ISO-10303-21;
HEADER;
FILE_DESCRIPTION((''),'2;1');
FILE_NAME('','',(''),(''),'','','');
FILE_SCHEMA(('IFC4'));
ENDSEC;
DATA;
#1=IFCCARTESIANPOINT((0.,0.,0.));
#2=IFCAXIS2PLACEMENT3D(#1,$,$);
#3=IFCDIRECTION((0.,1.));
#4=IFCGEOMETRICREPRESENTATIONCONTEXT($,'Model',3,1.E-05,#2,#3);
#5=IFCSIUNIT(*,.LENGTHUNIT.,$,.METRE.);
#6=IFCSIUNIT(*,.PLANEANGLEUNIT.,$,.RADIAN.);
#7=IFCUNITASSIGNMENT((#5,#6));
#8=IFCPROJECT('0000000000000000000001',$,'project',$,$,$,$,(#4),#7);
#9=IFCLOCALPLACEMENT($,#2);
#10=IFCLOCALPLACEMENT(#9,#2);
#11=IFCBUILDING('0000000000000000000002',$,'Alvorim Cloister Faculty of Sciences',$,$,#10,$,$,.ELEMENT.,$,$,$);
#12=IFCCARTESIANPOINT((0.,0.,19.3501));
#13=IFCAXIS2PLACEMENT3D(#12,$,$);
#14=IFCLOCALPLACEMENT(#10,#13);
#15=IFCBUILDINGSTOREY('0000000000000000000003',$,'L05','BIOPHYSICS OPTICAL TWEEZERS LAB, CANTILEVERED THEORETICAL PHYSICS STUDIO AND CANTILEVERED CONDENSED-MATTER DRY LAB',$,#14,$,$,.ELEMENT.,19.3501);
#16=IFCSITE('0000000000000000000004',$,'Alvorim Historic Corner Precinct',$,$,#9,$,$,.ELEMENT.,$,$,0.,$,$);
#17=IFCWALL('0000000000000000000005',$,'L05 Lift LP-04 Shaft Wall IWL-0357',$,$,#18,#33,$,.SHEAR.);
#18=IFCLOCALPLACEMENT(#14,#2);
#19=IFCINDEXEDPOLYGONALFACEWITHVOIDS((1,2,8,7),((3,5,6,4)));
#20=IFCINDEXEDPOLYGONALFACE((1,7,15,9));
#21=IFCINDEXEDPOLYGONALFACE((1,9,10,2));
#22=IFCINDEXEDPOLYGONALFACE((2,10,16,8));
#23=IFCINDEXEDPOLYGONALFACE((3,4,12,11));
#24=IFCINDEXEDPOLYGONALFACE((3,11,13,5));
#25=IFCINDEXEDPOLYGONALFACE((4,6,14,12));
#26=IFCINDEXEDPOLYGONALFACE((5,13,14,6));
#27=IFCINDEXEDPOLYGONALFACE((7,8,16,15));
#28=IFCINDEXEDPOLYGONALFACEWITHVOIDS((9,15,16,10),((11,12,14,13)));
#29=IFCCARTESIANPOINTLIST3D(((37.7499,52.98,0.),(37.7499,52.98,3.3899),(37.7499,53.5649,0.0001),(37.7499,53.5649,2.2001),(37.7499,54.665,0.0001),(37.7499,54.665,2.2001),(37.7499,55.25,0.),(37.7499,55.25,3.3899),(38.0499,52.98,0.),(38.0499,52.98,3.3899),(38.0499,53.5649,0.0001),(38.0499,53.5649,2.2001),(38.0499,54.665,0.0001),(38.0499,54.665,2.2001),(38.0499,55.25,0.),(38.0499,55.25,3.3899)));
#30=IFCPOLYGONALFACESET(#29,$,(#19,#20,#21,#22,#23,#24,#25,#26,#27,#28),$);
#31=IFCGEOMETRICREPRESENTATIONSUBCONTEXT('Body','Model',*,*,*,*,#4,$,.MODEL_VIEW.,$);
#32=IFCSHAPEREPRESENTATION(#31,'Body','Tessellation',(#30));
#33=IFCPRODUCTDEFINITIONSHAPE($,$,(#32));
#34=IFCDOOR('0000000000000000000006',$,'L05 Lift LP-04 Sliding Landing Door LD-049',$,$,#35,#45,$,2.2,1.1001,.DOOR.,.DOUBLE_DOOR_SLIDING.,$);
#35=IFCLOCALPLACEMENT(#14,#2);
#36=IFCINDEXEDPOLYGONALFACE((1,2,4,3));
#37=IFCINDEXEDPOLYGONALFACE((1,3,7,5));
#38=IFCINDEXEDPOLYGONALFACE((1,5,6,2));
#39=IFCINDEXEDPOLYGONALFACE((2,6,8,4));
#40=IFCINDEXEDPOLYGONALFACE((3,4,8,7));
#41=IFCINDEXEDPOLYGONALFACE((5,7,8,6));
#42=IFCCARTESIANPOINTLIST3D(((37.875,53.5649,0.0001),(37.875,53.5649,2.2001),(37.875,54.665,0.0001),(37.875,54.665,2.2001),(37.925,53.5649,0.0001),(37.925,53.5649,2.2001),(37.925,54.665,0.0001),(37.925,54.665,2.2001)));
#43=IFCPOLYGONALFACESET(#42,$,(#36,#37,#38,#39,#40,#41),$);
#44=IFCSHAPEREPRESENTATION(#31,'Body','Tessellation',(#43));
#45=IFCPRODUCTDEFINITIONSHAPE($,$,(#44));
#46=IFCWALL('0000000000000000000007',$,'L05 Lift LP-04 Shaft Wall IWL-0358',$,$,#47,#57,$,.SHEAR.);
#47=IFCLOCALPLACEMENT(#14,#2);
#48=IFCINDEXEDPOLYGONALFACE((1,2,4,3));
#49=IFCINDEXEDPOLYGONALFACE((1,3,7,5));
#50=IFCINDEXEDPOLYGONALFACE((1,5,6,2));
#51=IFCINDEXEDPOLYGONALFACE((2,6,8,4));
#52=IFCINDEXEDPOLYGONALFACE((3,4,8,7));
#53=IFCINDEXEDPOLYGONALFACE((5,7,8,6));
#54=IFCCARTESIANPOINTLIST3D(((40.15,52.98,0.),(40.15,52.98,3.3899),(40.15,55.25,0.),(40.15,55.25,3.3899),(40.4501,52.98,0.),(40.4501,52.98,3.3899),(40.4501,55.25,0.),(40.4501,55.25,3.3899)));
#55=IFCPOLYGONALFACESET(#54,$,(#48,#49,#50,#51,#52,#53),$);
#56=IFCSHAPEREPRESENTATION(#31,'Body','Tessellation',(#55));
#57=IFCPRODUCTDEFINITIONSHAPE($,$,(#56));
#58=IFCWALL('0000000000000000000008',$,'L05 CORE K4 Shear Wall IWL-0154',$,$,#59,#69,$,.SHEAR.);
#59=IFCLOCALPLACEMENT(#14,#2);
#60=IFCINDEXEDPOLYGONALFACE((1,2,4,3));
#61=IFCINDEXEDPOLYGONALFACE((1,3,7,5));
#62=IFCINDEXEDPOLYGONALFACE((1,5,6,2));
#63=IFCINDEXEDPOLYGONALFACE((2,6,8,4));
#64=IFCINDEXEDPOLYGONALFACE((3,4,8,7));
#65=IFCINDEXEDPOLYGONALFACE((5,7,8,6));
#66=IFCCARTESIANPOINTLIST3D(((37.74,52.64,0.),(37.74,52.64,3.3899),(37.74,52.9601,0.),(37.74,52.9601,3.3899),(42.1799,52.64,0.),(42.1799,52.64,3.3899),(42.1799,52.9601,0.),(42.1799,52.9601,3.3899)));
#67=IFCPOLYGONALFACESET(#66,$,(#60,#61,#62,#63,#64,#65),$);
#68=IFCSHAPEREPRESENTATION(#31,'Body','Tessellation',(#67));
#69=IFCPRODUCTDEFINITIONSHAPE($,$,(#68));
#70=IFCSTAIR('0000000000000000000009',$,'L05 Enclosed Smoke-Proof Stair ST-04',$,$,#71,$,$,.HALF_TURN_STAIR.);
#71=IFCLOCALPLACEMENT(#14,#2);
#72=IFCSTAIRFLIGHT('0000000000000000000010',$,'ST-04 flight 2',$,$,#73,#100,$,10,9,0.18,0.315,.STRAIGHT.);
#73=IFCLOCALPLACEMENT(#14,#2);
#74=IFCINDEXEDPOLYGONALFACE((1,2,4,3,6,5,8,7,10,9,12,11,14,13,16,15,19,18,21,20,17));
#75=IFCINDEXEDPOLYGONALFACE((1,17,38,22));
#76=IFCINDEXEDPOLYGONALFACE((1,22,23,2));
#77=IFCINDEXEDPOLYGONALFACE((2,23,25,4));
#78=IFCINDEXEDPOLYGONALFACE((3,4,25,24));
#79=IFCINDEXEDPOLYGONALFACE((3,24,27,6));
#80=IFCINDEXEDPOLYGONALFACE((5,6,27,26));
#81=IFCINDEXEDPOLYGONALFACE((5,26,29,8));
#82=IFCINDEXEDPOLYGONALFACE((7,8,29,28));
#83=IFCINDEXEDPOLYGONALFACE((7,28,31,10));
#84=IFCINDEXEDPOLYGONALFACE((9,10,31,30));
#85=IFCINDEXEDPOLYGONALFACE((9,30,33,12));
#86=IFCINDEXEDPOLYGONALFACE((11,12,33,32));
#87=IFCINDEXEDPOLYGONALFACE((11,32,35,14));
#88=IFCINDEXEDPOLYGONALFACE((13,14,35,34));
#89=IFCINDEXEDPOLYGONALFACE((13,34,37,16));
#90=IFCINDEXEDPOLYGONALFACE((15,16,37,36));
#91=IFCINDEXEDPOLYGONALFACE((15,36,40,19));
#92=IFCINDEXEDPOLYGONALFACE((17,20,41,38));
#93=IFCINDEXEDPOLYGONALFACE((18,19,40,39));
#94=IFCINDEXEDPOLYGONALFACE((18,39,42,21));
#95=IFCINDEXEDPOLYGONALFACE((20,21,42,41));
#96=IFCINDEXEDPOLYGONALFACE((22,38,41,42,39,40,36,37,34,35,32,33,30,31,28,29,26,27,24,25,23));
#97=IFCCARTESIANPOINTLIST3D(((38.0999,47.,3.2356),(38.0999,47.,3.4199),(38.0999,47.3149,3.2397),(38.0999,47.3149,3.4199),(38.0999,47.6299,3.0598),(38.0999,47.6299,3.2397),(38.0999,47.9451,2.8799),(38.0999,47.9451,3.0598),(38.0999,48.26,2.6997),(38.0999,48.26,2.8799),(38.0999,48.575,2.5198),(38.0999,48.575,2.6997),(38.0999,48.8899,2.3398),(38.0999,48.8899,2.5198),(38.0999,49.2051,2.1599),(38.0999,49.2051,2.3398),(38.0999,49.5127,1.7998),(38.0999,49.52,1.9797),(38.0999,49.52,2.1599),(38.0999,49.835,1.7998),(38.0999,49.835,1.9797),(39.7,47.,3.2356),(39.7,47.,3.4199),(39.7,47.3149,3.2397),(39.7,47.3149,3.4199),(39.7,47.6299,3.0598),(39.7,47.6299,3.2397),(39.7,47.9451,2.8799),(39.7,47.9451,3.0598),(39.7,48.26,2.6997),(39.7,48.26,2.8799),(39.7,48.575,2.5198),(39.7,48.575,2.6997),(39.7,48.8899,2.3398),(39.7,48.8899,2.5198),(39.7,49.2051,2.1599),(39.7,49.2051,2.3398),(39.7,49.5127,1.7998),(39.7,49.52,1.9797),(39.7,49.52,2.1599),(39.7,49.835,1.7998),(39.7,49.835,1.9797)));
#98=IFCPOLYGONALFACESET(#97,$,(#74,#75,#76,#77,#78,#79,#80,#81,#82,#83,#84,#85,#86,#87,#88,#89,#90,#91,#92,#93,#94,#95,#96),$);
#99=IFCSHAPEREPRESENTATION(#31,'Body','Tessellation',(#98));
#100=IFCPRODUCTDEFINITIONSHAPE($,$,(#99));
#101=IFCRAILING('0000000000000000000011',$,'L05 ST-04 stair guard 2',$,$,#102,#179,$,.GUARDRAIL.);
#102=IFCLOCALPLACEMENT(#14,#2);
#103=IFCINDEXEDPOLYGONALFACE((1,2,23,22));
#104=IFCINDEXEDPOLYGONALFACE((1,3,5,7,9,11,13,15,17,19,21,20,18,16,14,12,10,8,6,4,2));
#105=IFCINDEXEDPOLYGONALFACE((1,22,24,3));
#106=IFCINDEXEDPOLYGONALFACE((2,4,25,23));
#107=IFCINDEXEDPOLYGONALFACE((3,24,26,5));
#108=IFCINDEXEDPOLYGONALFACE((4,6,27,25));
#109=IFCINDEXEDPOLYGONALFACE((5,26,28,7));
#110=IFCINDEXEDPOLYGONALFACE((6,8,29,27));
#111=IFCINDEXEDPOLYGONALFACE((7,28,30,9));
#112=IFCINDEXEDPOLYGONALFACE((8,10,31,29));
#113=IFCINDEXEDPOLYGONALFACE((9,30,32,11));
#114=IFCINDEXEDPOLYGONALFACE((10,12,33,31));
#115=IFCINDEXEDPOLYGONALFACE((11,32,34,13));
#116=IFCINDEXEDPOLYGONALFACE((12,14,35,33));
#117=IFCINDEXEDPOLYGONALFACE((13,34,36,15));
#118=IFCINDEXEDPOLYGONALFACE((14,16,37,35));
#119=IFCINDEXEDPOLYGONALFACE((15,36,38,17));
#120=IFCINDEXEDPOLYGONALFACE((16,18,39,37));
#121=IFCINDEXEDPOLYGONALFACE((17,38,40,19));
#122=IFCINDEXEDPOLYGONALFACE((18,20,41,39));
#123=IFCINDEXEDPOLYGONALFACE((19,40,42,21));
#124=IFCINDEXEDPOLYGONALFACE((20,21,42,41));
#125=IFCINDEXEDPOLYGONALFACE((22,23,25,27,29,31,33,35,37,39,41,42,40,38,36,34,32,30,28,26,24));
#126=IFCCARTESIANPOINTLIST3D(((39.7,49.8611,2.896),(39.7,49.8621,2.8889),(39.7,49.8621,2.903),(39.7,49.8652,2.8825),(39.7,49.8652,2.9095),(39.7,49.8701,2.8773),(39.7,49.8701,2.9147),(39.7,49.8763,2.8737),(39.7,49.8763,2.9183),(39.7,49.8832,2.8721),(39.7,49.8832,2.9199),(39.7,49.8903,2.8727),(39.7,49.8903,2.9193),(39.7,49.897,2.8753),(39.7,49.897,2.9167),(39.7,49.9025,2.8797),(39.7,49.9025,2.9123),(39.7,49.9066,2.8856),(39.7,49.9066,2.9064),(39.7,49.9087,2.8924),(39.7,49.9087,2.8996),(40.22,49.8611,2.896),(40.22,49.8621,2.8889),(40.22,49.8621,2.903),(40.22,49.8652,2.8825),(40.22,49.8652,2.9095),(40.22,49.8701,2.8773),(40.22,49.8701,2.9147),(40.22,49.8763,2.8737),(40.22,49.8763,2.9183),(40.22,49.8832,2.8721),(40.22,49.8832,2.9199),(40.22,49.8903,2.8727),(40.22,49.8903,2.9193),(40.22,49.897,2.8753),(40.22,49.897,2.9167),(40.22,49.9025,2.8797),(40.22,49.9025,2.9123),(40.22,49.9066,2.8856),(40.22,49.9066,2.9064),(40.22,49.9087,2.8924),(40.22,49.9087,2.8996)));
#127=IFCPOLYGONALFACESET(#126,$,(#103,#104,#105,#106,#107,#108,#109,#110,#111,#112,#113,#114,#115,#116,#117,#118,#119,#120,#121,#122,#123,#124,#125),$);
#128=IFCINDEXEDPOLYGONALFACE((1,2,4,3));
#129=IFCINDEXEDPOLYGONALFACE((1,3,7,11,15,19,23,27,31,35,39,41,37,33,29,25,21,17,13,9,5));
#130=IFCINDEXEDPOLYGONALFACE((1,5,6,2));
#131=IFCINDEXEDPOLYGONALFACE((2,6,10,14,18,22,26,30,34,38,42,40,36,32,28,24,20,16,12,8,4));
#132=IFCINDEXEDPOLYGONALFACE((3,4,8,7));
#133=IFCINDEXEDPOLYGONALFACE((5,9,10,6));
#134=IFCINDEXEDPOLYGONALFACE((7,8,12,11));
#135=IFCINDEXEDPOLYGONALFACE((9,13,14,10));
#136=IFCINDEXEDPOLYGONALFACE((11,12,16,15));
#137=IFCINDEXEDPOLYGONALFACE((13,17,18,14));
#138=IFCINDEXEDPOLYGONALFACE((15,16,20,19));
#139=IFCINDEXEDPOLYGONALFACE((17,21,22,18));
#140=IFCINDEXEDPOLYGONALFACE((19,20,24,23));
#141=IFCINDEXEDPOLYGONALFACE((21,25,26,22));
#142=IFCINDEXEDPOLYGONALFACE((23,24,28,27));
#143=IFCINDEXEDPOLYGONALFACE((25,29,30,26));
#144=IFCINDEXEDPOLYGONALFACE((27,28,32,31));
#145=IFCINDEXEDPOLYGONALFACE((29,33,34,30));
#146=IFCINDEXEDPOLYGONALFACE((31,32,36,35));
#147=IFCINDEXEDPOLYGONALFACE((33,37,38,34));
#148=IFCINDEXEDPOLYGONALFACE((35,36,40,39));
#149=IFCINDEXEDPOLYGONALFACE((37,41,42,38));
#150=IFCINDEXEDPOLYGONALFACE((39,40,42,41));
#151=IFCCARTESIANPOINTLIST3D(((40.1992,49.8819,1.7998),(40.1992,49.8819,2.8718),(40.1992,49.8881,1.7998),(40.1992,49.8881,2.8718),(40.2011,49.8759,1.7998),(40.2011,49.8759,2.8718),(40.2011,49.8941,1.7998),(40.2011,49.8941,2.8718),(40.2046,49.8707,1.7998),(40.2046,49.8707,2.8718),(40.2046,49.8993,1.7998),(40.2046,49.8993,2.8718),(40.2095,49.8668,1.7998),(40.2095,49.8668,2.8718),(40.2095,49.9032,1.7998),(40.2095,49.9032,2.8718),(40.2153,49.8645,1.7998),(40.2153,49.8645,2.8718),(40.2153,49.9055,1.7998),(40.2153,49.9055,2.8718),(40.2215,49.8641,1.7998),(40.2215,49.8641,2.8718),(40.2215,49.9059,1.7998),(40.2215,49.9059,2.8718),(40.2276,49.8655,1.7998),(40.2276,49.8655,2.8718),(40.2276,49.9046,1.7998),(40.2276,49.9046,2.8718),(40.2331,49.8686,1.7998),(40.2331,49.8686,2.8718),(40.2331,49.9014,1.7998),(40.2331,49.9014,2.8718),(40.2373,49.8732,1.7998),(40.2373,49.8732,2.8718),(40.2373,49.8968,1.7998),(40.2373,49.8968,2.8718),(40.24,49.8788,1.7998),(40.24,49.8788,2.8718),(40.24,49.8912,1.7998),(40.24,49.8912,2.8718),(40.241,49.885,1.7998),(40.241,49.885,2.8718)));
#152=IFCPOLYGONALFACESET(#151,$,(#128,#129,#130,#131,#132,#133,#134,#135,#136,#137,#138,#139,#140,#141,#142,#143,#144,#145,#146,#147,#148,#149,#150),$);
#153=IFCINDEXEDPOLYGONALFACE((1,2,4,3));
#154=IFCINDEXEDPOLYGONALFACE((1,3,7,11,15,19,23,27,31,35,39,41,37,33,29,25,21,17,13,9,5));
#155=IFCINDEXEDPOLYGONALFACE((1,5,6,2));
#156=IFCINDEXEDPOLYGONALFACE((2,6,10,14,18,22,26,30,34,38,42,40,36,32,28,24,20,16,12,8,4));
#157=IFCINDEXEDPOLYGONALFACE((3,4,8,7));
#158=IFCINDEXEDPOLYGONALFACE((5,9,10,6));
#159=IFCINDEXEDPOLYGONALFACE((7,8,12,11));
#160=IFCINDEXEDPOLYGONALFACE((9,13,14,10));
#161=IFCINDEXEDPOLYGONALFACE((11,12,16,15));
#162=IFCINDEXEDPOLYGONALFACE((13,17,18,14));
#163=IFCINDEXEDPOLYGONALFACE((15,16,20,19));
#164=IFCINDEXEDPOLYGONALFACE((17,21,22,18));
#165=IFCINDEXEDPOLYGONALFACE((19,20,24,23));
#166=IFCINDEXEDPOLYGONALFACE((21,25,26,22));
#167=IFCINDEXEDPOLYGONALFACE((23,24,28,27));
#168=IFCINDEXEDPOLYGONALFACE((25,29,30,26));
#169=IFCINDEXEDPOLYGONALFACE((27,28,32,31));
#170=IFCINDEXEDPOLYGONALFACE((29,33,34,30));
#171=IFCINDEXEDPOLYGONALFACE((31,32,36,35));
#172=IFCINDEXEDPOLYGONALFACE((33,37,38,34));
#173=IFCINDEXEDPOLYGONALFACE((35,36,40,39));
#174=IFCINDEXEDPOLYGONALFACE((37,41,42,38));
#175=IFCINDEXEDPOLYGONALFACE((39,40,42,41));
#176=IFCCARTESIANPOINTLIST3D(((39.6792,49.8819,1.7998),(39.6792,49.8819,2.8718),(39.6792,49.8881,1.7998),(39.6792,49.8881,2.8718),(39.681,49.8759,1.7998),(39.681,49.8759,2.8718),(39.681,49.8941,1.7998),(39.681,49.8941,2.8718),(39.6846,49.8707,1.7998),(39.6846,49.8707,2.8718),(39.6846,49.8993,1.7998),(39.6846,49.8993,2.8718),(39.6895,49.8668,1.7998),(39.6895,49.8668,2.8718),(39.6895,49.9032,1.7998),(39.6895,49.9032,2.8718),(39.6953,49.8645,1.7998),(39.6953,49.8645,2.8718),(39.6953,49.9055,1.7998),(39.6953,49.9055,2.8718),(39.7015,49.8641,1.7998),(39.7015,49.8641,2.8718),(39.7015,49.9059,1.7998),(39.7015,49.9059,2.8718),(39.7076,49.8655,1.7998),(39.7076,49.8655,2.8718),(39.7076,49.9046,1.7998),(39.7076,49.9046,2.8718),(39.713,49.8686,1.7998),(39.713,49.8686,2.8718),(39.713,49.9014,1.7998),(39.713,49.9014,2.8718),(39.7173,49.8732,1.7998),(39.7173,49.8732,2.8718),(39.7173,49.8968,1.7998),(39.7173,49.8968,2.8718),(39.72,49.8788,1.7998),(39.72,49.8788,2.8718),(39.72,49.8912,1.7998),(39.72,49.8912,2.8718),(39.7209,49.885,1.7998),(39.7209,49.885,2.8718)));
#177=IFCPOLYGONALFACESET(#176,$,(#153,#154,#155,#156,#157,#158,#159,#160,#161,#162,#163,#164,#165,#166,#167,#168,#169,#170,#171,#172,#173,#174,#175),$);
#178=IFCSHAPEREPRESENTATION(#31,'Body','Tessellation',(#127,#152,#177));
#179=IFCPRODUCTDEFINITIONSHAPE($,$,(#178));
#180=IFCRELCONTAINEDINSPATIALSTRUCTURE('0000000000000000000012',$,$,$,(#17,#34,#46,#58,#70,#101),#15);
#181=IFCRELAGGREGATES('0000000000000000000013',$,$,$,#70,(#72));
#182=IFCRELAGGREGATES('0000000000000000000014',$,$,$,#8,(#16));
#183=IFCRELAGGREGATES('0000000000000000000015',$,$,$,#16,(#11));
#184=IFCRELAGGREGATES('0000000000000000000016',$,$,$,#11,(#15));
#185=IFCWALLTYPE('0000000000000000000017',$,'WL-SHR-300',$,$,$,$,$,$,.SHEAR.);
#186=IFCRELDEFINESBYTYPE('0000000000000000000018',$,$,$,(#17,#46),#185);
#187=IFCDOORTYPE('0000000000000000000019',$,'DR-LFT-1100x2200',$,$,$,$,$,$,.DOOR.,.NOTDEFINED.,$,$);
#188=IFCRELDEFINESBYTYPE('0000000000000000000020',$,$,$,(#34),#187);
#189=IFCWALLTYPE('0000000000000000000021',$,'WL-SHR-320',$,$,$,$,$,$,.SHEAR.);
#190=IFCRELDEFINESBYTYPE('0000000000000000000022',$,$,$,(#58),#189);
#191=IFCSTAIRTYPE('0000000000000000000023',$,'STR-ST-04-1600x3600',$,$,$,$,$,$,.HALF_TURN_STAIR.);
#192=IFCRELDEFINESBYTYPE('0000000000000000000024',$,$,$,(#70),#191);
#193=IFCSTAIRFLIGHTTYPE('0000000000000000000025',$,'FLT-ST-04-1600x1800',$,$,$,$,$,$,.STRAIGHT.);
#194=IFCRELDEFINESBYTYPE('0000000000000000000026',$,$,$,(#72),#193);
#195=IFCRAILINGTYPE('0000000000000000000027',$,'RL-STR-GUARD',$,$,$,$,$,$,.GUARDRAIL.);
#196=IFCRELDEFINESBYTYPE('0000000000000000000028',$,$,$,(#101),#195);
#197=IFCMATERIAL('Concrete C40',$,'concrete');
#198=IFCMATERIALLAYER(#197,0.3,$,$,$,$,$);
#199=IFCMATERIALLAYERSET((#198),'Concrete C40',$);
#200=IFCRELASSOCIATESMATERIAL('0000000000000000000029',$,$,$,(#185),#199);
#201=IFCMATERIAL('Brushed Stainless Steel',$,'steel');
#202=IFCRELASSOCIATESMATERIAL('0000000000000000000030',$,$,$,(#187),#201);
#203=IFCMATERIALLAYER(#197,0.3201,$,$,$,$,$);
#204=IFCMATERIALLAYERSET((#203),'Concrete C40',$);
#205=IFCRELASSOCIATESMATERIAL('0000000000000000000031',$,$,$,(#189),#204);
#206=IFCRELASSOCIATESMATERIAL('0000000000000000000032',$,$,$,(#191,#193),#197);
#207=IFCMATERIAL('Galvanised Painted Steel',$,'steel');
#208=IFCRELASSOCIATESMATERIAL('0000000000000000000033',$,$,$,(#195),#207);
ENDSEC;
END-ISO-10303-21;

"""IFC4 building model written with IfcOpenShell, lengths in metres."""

from ifc_helpers import new_model, si_unit, direction, frame, frame_2d, origin, origin_2d, place, context, subcontext, project, spatial, polyline, rectangle, circle, outline, extrude, material, layer, layer_set, type_object, element, fill, aggregate, save


model = new_model("IFC4")

# Units and contexts
model_context = context("Model", 3, precision=1e-05, world=origin(), true_north=direction((0.0, 1.0)))
body_context = subcontext(model_context, "Body", "Model", "MODEL_VIEW")
ifc_project = project(units=[si_unit("LENGTHUNIT", "METRE"), si_unit("PLANEANGLEUNIT", "RADIAN")], contexts=[model_context])

# Site, building, storey
site_placement = place(None, origin())
site = spatial("IfcSite", under=ifc_project, at=site_placement, Name="Alvorim Historic Corner Precinct", CompositionType="ELEMENT", RefElevation=0.0)
building_placement = place(site_placement, origin())
building = spatial("IfcBuilding", under=site, at=building_placement, Name="Alvorim Cloister Faculty of Sciences", CompositionType="ELEMENT")
storey_placement = place(building_placement, frame((0.0, 0.0, 19.3501)))
storey = spatial("IfcBuildingStorey", under=building, at=storey_placement, Name="L05", Description="BIOPHYSICS OPTICAL TWEEZERS LAB, CANTILEVERED THEORETICAL PHYSICS STUDIO AND CANTILEVERED CONDENSED-MATTER DRY LAB", CompositionType="ELEMENT", Elevation=19.3501)

# Shared definitions
ifc_material_1 = material(Name="Concrete C40", Category="concrete")
ifc_layer_1 = layer(ifc_material_1, 0.3)
ifc_layer_set_1 = layer_set([ifc_layer_1], Name="Concrete C40")
wall_type_1 = type_object("IfcWallType", Name="WL-SHR-300", PredefinedType="SHEAR", material=ifc_layer_set_1)

# Wall, opening, door
wall_1_placement = place(storey_placement, frame((37.8999, 52.98, 0.0), z_axis=(0.0, 0.0, 1.0), x_axis=(0.0, 1.0, 0.0)))
wall_1 = element("IfcWall", 1, at=wall_1_placement, inside=storey, type_object=wall_type_1, Name="L05 Lift LP-04 Shaft Wall IWL-0357", PredefinedType="SHEAR", context=body_context, shape_type="SweptSolid", body=[
    extrude(rectangle(XDim=2.27, YDim=0.3, at=frame_2d((1.135, 0.0))), origin(), (0.0, 0.0, 1.0), 3.3899),
])
opening_placement = place(wall_1_placement, frame((0.585, 0.0, 0.0)))
opening = element("IfcOpeningElement", 2, at=opening_placement, cuts=wall_1, PredefinedType="OPENING", context=body_context, shape_type="SweptSolid", body=[
    extrude(rectangle(XDim=1.1001, YDim=2.2, at=frame_2d((0.55, 1.1001))), frame((0.0, 0.1621, 0.0), z_axis=(0.0, -1.0, 0.0), x_axis=(1.0, 0.0, 0.0)), (0.0, 0.0, 1.0), 0.324),
])
ifc_material_2 = material(Name="Brushed Stainless Steel", Category="steel")
door_type = type_object("IfcDoorType", Name="DR-LFT-1100x2200", OperationType="NOTDEFINED", PredefinedType="DOOR", material=ifc_material_2)
door_placement = place(opening_placement, origin())
door = element("IfcDoor", 3, at=door_placement, inside=storey, type_object=door_type, Name="L05 Lift LP-04 Sliding Landing Door LD-049", OperationType="DOUBLE_DOOR_SLIDING", OverallHeight=2.2, OverallWidth=1.1001, PredefinedType="DOOR", context=body_context, shape_type="SweptSolid", body=[
    extrude(rectangle(XDim=1.1001, YDim=2.2, at=frame_2d((0.55, 1.1001))), frame((0.0, 0.0249, 0.0), z_axis=(0.0, -1.0, 0.0), x_axis=(1.0, 0.0, 0.0)), (0.0, 0.0, 1.0), 0.05),
])
fill(opening, door)

# Walls
wall_2_placement = place(storey_placement, frame((40.3, 52.98, 0.0), z_axis=(0.0, 0.0, 1.0), x_axis=(0.0, 1.0, 0.0)))
element("IfcWall", 4, at=wall_2_placement, inside=storey, type_object=wall_type_1, Name="L05 Lift LP-04 Shaft Wall IWL-0358", PredefinedType="SHEAR", context=body_context, shape_type="SweptSolid", body=[
    extrude(rectangle(XDim=2.27, YDim=0.3, at=frame_2d((1.135, 0.0))), origin(), (0.0, 0.0, 1.0), 3.3899),
])
ifc_layer_2 = layer(ifc_material_1, 0.3201)
ifc_layer_set_2 = layer_set([ifc_layer_2], Name="Concrete C40")
wall_type_2 = type_object("IfcWallType", Name="WL-SHR-320", PredefinedType="SHEAR", material=ifc_layer_set_2)
wall_3_placement = place(storey_placement, frame((37.74, 52.8, 0.0), z_axis=(0.0, 0.0, 1.0), x_axis=(1.0, 0.0, 0.0)))
element("IfcWall", 5, at=wall_3_placement, inside=storey, type_object=wall_type_2, Name="L05 CORE K4 Shear Wall IWL-0154", PredefinedType="SHEAR", context=body_context, shape_type="SweptSolid", body=[
    extrude(rectangle(XDim=4.4399, YDim=0.3201, at=frame_2d((2.22, 0.0))), origin(), (0.0, 0.0, 1.0), 3.3899),
])

# Stair, stair flight
stair_type = type_object("IfcStairType", Name="STR-ST-04-1600x3600", PredefinedType="HALF_TURN_STAIR", material=ifc_material_1)
stair_placement = place(storey_placement, origin())
stair = element("IfcStair", 6, at=stair_placement, inside=storey, type_object=stair_type, Name="L05 Enclosed Smoke-Proof Stair ST-04", PredefinedType="HALF_TURN_STAIR")
stair_flight_type = type_object("IfcStairFlightType", Name="FLT-ST-04-1600x1800", PredefinedType="STRAIGHT", material=ifc_material_1)
stair_flight_placement = place(storey_placement, frame((38.8999, 49.835, 1.7998), z_axis=(0.0, 0.0, 1.0), x_axis=(0.0, -1.0, 0.0)))
stair_flight = element("IfcStairFlight", 7, at=stair_flight_placement, type_object=stair_flight_type, Name="ST-04 flight 2", NumberOfRisers=10, NumberOfTreads=9, PredefinedType="STRAIGHT", RiserHeight=0.18, TreadLength=0.315, context=body_context, shape_type="SweptSolid", body=[
    extrude(outline(polyline([(0.3223, 0.0), (2.835, 1.4358), (2.835, 1.8), (2.835, 1.6201), (2.52, 1.6201), (2.52, 1.4399), (2.2051, 1.4399), (2.2051, 1.26), (1.8899, 1.26), (1.8899, 1.0801), (1.575, 1.0801), (1.575, 0.8999), (1.26, 0.8999), (1.26, 0.72), (0.9451, 0.72), (0.9451, 0.54), (0.6299, 0.54), (0.6299, 0.3601), (0.3149, 0.3601), (0.3149, 0.1799), (0.0, 0.1799), (0.0, 0.0), (0.3223, 0.0)])), frame((0.0, 0.8, 0.0), z_axis=(0.0, -1.0, 0.0), x_axis=(1.0, 0.0, 0.0)), (0.0, 0.0, 1.0), 1.6001),
])
aggregate(stair, [stair_flight])

# Railing
ifc_material_3 = material(Name="Galvanised Painted Steel", Category="steel")
railing_type_1 = type_object("IfcRailingType", Name="RL-STR-GUARD", PredefinedType="GUARDRAIL", material=ifc_material_3)
railing_1_placement = place(storey_placement, frame((40.22, 49.885, 1.7998)))
element("IfcRailing", 8, at=railing_1_placement, inside=storey, type_object=railing_type_1, Name="L05 ST-04 stair guard 2", PredefinedType="GUARDRAIL", context=body_context, shape_type="SweptSolid", body=[
    extrude(circle(Radius=0.0239, at=origin_2d()), frame((0.0, 0.0, 1.0962), z_axis=(-1.0, 0.0, 0.0), x_axis=(0.0, -1.0, 0.0)), (0.0, 0.0, 1.0), 0.52),
    extrude(circle(Radius=0.021, at=origin_2d()), origin(), (0.0, 0.0, 1.0), 1.072),
    extrude(circle(Radius=0.021, at=origin_2d()), frame((-0.52, 0.0, 0.0)), (0.0, 0.0, 1.0), 1.072),
])

save(model, "model.ifc")
